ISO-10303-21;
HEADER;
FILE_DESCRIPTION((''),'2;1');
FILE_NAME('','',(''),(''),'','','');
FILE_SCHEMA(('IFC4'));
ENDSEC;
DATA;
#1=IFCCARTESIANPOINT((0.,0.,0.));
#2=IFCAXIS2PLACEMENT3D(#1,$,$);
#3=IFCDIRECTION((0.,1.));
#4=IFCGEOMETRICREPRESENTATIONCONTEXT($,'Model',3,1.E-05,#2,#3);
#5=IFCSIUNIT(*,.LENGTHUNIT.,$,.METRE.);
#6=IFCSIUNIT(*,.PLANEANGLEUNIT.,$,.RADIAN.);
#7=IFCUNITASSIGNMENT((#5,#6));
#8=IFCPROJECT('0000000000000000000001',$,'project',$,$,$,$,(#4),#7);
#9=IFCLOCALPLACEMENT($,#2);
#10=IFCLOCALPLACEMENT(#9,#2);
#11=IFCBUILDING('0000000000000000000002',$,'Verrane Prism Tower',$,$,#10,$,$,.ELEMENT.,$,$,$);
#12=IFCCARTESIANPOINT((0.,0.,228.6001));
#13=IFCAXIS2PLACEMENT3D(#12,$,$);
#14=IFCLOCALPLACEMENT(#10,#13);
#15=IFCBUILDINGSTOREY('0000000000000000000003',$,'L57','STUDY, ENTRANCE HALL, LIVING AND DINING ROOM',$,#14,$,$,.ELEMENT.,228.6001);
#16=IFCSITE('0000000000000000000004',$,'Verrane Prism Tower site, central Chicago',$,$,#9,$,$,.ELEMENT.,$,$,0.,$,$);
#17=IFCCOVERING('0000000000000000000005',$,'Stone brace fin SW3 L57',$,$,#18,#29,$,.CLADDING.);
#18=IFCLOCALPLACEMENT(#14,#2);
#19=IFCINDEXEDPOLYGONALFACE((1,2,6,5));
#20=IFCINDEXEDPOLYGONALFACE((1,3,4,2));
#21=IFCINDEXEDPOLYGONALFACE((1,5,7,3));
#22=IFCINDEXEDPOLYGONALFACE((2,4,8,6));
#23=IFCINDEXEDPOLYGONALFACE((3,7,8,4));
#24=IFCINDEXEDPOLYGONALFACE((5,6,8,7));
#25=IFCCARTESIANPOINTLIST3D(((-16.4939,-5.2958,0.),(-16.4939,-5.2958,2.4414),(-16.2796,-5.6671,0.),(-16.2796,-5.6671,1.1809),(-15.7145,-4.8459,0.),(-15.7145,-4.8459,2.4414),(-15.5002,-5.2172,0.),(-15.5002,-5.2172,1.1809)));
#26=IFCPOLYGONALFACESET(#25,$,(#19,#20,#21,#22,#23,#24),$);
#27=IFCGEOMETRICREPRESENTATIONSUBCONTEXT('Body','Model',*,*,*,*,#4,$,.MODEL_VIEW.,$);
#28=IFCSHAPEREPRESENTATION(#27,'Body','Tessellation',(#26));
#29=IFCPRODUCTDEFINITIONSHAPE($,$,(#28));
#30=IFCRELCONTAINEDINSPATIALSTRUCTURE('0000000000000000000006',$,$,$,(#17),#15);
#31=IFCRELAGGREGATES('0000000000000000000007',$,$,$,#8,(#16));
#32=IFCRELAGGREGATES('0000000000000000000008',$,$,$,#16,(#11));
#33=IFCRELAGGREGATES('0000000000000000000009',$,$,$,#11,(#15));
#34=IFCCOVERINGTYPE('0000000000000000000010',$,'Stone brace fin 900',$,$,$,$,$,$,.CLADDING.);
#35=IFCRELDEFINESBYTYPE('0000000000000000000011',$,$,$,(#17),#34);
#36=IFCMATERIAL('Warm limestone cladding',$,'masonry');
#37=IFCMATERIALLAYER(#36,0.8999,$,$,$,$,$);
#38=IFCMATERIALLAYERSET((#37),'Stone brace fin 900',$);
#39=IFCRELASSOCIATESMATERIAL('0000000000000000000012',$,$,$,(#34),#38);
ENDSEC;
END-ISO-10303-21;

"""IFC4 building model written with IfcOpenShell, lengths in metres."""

from ifc_helpers import new_model, si_unit, direction, frame, origin, place, context, subcontext, project, spatial, polyline, outline, extrude, material, layer, layer_set, type_object, element, save


model = new_model("IFC4")

# Units and contexts
model_context = context("Model", 3, precision=1e-05, world=origin(), true_north=direction((0.0, 1.0)))
body_context = subcontext(model_context, "Body", "Model", "MODEL_VIEW")
ifc_project = project(units=[si_unit("LENGTHUNIT", "METRE"), si_unit("PLANEANGLEUNIT", "RADIAN")], contexts=[model_context])

# Site, building, storey
site_placement = place(None, origin())
site = spatial("IfcSite", under=ifc_project, at=site_placement, Name="Verrane Prism Tower site, central Chicago", CompositionType="ELEMENT", RefElevation=0.0)
building_placement = place(site_placement, origin())
building = spatial("IfcBuilding", under=site, at=building_placement, Name="Verrane Prism Tower", CompositionType="ELEMENT")
storey_placement = place(building_placement, frame((0.0, 0.0, 228.6001)))
storey = spatial("IfcBuildingStorey", under=building, at=storey_placement, Name="L57", Description="STUDY, ENTRANCE HALL, LIVING AND DINING ROOM", CompositionType="ELEMENT", Elevation=228.6001)

# Covering
ifc_material_1 = material(Name="Warm limestone cladding", Category="masonry")
ifc_layer_1 = layer(ifc_material_1, 0.8999)
ifc_layer_set_1 = layer_set([ifc_layer_1], Name="Stone brace fin 900")
covering_type = type_object("IfcCoveringType", Name="Stone brace fin 900", PredefinedType="CLADDING", material=ifc_layer_set_1)
covering_placement = place(storey_placement, frame((-15.8899, -5.4421, 0.0), z_axis=(0.0, 0.0, 1.0), x_axis=(-0.499936, 0.866062, 0.0)))
element("IfcCovering", 1, at=covering_placement, inside=storey, type_object=covering_type, Name="Stone brace fin SW3 L57", PredefinedType="CLADDING", context=body_context, shape_type="SweptSolid", body=[
    extrude(outline(polyline([(0.0, 0.0), (0.4287, 0.0), (0.4287, 2.4414), (0.0, 1.1809), (0.0, 0.0)])), frame((0.0, 0.45, 0.0), z_axis=(0.0, -1.0, 0.0), x_axis=(1.0, 0.0, 0.0)), (0.0, 0.0, 1.0), 0.8999),
])

save(model, "model.ifc")
